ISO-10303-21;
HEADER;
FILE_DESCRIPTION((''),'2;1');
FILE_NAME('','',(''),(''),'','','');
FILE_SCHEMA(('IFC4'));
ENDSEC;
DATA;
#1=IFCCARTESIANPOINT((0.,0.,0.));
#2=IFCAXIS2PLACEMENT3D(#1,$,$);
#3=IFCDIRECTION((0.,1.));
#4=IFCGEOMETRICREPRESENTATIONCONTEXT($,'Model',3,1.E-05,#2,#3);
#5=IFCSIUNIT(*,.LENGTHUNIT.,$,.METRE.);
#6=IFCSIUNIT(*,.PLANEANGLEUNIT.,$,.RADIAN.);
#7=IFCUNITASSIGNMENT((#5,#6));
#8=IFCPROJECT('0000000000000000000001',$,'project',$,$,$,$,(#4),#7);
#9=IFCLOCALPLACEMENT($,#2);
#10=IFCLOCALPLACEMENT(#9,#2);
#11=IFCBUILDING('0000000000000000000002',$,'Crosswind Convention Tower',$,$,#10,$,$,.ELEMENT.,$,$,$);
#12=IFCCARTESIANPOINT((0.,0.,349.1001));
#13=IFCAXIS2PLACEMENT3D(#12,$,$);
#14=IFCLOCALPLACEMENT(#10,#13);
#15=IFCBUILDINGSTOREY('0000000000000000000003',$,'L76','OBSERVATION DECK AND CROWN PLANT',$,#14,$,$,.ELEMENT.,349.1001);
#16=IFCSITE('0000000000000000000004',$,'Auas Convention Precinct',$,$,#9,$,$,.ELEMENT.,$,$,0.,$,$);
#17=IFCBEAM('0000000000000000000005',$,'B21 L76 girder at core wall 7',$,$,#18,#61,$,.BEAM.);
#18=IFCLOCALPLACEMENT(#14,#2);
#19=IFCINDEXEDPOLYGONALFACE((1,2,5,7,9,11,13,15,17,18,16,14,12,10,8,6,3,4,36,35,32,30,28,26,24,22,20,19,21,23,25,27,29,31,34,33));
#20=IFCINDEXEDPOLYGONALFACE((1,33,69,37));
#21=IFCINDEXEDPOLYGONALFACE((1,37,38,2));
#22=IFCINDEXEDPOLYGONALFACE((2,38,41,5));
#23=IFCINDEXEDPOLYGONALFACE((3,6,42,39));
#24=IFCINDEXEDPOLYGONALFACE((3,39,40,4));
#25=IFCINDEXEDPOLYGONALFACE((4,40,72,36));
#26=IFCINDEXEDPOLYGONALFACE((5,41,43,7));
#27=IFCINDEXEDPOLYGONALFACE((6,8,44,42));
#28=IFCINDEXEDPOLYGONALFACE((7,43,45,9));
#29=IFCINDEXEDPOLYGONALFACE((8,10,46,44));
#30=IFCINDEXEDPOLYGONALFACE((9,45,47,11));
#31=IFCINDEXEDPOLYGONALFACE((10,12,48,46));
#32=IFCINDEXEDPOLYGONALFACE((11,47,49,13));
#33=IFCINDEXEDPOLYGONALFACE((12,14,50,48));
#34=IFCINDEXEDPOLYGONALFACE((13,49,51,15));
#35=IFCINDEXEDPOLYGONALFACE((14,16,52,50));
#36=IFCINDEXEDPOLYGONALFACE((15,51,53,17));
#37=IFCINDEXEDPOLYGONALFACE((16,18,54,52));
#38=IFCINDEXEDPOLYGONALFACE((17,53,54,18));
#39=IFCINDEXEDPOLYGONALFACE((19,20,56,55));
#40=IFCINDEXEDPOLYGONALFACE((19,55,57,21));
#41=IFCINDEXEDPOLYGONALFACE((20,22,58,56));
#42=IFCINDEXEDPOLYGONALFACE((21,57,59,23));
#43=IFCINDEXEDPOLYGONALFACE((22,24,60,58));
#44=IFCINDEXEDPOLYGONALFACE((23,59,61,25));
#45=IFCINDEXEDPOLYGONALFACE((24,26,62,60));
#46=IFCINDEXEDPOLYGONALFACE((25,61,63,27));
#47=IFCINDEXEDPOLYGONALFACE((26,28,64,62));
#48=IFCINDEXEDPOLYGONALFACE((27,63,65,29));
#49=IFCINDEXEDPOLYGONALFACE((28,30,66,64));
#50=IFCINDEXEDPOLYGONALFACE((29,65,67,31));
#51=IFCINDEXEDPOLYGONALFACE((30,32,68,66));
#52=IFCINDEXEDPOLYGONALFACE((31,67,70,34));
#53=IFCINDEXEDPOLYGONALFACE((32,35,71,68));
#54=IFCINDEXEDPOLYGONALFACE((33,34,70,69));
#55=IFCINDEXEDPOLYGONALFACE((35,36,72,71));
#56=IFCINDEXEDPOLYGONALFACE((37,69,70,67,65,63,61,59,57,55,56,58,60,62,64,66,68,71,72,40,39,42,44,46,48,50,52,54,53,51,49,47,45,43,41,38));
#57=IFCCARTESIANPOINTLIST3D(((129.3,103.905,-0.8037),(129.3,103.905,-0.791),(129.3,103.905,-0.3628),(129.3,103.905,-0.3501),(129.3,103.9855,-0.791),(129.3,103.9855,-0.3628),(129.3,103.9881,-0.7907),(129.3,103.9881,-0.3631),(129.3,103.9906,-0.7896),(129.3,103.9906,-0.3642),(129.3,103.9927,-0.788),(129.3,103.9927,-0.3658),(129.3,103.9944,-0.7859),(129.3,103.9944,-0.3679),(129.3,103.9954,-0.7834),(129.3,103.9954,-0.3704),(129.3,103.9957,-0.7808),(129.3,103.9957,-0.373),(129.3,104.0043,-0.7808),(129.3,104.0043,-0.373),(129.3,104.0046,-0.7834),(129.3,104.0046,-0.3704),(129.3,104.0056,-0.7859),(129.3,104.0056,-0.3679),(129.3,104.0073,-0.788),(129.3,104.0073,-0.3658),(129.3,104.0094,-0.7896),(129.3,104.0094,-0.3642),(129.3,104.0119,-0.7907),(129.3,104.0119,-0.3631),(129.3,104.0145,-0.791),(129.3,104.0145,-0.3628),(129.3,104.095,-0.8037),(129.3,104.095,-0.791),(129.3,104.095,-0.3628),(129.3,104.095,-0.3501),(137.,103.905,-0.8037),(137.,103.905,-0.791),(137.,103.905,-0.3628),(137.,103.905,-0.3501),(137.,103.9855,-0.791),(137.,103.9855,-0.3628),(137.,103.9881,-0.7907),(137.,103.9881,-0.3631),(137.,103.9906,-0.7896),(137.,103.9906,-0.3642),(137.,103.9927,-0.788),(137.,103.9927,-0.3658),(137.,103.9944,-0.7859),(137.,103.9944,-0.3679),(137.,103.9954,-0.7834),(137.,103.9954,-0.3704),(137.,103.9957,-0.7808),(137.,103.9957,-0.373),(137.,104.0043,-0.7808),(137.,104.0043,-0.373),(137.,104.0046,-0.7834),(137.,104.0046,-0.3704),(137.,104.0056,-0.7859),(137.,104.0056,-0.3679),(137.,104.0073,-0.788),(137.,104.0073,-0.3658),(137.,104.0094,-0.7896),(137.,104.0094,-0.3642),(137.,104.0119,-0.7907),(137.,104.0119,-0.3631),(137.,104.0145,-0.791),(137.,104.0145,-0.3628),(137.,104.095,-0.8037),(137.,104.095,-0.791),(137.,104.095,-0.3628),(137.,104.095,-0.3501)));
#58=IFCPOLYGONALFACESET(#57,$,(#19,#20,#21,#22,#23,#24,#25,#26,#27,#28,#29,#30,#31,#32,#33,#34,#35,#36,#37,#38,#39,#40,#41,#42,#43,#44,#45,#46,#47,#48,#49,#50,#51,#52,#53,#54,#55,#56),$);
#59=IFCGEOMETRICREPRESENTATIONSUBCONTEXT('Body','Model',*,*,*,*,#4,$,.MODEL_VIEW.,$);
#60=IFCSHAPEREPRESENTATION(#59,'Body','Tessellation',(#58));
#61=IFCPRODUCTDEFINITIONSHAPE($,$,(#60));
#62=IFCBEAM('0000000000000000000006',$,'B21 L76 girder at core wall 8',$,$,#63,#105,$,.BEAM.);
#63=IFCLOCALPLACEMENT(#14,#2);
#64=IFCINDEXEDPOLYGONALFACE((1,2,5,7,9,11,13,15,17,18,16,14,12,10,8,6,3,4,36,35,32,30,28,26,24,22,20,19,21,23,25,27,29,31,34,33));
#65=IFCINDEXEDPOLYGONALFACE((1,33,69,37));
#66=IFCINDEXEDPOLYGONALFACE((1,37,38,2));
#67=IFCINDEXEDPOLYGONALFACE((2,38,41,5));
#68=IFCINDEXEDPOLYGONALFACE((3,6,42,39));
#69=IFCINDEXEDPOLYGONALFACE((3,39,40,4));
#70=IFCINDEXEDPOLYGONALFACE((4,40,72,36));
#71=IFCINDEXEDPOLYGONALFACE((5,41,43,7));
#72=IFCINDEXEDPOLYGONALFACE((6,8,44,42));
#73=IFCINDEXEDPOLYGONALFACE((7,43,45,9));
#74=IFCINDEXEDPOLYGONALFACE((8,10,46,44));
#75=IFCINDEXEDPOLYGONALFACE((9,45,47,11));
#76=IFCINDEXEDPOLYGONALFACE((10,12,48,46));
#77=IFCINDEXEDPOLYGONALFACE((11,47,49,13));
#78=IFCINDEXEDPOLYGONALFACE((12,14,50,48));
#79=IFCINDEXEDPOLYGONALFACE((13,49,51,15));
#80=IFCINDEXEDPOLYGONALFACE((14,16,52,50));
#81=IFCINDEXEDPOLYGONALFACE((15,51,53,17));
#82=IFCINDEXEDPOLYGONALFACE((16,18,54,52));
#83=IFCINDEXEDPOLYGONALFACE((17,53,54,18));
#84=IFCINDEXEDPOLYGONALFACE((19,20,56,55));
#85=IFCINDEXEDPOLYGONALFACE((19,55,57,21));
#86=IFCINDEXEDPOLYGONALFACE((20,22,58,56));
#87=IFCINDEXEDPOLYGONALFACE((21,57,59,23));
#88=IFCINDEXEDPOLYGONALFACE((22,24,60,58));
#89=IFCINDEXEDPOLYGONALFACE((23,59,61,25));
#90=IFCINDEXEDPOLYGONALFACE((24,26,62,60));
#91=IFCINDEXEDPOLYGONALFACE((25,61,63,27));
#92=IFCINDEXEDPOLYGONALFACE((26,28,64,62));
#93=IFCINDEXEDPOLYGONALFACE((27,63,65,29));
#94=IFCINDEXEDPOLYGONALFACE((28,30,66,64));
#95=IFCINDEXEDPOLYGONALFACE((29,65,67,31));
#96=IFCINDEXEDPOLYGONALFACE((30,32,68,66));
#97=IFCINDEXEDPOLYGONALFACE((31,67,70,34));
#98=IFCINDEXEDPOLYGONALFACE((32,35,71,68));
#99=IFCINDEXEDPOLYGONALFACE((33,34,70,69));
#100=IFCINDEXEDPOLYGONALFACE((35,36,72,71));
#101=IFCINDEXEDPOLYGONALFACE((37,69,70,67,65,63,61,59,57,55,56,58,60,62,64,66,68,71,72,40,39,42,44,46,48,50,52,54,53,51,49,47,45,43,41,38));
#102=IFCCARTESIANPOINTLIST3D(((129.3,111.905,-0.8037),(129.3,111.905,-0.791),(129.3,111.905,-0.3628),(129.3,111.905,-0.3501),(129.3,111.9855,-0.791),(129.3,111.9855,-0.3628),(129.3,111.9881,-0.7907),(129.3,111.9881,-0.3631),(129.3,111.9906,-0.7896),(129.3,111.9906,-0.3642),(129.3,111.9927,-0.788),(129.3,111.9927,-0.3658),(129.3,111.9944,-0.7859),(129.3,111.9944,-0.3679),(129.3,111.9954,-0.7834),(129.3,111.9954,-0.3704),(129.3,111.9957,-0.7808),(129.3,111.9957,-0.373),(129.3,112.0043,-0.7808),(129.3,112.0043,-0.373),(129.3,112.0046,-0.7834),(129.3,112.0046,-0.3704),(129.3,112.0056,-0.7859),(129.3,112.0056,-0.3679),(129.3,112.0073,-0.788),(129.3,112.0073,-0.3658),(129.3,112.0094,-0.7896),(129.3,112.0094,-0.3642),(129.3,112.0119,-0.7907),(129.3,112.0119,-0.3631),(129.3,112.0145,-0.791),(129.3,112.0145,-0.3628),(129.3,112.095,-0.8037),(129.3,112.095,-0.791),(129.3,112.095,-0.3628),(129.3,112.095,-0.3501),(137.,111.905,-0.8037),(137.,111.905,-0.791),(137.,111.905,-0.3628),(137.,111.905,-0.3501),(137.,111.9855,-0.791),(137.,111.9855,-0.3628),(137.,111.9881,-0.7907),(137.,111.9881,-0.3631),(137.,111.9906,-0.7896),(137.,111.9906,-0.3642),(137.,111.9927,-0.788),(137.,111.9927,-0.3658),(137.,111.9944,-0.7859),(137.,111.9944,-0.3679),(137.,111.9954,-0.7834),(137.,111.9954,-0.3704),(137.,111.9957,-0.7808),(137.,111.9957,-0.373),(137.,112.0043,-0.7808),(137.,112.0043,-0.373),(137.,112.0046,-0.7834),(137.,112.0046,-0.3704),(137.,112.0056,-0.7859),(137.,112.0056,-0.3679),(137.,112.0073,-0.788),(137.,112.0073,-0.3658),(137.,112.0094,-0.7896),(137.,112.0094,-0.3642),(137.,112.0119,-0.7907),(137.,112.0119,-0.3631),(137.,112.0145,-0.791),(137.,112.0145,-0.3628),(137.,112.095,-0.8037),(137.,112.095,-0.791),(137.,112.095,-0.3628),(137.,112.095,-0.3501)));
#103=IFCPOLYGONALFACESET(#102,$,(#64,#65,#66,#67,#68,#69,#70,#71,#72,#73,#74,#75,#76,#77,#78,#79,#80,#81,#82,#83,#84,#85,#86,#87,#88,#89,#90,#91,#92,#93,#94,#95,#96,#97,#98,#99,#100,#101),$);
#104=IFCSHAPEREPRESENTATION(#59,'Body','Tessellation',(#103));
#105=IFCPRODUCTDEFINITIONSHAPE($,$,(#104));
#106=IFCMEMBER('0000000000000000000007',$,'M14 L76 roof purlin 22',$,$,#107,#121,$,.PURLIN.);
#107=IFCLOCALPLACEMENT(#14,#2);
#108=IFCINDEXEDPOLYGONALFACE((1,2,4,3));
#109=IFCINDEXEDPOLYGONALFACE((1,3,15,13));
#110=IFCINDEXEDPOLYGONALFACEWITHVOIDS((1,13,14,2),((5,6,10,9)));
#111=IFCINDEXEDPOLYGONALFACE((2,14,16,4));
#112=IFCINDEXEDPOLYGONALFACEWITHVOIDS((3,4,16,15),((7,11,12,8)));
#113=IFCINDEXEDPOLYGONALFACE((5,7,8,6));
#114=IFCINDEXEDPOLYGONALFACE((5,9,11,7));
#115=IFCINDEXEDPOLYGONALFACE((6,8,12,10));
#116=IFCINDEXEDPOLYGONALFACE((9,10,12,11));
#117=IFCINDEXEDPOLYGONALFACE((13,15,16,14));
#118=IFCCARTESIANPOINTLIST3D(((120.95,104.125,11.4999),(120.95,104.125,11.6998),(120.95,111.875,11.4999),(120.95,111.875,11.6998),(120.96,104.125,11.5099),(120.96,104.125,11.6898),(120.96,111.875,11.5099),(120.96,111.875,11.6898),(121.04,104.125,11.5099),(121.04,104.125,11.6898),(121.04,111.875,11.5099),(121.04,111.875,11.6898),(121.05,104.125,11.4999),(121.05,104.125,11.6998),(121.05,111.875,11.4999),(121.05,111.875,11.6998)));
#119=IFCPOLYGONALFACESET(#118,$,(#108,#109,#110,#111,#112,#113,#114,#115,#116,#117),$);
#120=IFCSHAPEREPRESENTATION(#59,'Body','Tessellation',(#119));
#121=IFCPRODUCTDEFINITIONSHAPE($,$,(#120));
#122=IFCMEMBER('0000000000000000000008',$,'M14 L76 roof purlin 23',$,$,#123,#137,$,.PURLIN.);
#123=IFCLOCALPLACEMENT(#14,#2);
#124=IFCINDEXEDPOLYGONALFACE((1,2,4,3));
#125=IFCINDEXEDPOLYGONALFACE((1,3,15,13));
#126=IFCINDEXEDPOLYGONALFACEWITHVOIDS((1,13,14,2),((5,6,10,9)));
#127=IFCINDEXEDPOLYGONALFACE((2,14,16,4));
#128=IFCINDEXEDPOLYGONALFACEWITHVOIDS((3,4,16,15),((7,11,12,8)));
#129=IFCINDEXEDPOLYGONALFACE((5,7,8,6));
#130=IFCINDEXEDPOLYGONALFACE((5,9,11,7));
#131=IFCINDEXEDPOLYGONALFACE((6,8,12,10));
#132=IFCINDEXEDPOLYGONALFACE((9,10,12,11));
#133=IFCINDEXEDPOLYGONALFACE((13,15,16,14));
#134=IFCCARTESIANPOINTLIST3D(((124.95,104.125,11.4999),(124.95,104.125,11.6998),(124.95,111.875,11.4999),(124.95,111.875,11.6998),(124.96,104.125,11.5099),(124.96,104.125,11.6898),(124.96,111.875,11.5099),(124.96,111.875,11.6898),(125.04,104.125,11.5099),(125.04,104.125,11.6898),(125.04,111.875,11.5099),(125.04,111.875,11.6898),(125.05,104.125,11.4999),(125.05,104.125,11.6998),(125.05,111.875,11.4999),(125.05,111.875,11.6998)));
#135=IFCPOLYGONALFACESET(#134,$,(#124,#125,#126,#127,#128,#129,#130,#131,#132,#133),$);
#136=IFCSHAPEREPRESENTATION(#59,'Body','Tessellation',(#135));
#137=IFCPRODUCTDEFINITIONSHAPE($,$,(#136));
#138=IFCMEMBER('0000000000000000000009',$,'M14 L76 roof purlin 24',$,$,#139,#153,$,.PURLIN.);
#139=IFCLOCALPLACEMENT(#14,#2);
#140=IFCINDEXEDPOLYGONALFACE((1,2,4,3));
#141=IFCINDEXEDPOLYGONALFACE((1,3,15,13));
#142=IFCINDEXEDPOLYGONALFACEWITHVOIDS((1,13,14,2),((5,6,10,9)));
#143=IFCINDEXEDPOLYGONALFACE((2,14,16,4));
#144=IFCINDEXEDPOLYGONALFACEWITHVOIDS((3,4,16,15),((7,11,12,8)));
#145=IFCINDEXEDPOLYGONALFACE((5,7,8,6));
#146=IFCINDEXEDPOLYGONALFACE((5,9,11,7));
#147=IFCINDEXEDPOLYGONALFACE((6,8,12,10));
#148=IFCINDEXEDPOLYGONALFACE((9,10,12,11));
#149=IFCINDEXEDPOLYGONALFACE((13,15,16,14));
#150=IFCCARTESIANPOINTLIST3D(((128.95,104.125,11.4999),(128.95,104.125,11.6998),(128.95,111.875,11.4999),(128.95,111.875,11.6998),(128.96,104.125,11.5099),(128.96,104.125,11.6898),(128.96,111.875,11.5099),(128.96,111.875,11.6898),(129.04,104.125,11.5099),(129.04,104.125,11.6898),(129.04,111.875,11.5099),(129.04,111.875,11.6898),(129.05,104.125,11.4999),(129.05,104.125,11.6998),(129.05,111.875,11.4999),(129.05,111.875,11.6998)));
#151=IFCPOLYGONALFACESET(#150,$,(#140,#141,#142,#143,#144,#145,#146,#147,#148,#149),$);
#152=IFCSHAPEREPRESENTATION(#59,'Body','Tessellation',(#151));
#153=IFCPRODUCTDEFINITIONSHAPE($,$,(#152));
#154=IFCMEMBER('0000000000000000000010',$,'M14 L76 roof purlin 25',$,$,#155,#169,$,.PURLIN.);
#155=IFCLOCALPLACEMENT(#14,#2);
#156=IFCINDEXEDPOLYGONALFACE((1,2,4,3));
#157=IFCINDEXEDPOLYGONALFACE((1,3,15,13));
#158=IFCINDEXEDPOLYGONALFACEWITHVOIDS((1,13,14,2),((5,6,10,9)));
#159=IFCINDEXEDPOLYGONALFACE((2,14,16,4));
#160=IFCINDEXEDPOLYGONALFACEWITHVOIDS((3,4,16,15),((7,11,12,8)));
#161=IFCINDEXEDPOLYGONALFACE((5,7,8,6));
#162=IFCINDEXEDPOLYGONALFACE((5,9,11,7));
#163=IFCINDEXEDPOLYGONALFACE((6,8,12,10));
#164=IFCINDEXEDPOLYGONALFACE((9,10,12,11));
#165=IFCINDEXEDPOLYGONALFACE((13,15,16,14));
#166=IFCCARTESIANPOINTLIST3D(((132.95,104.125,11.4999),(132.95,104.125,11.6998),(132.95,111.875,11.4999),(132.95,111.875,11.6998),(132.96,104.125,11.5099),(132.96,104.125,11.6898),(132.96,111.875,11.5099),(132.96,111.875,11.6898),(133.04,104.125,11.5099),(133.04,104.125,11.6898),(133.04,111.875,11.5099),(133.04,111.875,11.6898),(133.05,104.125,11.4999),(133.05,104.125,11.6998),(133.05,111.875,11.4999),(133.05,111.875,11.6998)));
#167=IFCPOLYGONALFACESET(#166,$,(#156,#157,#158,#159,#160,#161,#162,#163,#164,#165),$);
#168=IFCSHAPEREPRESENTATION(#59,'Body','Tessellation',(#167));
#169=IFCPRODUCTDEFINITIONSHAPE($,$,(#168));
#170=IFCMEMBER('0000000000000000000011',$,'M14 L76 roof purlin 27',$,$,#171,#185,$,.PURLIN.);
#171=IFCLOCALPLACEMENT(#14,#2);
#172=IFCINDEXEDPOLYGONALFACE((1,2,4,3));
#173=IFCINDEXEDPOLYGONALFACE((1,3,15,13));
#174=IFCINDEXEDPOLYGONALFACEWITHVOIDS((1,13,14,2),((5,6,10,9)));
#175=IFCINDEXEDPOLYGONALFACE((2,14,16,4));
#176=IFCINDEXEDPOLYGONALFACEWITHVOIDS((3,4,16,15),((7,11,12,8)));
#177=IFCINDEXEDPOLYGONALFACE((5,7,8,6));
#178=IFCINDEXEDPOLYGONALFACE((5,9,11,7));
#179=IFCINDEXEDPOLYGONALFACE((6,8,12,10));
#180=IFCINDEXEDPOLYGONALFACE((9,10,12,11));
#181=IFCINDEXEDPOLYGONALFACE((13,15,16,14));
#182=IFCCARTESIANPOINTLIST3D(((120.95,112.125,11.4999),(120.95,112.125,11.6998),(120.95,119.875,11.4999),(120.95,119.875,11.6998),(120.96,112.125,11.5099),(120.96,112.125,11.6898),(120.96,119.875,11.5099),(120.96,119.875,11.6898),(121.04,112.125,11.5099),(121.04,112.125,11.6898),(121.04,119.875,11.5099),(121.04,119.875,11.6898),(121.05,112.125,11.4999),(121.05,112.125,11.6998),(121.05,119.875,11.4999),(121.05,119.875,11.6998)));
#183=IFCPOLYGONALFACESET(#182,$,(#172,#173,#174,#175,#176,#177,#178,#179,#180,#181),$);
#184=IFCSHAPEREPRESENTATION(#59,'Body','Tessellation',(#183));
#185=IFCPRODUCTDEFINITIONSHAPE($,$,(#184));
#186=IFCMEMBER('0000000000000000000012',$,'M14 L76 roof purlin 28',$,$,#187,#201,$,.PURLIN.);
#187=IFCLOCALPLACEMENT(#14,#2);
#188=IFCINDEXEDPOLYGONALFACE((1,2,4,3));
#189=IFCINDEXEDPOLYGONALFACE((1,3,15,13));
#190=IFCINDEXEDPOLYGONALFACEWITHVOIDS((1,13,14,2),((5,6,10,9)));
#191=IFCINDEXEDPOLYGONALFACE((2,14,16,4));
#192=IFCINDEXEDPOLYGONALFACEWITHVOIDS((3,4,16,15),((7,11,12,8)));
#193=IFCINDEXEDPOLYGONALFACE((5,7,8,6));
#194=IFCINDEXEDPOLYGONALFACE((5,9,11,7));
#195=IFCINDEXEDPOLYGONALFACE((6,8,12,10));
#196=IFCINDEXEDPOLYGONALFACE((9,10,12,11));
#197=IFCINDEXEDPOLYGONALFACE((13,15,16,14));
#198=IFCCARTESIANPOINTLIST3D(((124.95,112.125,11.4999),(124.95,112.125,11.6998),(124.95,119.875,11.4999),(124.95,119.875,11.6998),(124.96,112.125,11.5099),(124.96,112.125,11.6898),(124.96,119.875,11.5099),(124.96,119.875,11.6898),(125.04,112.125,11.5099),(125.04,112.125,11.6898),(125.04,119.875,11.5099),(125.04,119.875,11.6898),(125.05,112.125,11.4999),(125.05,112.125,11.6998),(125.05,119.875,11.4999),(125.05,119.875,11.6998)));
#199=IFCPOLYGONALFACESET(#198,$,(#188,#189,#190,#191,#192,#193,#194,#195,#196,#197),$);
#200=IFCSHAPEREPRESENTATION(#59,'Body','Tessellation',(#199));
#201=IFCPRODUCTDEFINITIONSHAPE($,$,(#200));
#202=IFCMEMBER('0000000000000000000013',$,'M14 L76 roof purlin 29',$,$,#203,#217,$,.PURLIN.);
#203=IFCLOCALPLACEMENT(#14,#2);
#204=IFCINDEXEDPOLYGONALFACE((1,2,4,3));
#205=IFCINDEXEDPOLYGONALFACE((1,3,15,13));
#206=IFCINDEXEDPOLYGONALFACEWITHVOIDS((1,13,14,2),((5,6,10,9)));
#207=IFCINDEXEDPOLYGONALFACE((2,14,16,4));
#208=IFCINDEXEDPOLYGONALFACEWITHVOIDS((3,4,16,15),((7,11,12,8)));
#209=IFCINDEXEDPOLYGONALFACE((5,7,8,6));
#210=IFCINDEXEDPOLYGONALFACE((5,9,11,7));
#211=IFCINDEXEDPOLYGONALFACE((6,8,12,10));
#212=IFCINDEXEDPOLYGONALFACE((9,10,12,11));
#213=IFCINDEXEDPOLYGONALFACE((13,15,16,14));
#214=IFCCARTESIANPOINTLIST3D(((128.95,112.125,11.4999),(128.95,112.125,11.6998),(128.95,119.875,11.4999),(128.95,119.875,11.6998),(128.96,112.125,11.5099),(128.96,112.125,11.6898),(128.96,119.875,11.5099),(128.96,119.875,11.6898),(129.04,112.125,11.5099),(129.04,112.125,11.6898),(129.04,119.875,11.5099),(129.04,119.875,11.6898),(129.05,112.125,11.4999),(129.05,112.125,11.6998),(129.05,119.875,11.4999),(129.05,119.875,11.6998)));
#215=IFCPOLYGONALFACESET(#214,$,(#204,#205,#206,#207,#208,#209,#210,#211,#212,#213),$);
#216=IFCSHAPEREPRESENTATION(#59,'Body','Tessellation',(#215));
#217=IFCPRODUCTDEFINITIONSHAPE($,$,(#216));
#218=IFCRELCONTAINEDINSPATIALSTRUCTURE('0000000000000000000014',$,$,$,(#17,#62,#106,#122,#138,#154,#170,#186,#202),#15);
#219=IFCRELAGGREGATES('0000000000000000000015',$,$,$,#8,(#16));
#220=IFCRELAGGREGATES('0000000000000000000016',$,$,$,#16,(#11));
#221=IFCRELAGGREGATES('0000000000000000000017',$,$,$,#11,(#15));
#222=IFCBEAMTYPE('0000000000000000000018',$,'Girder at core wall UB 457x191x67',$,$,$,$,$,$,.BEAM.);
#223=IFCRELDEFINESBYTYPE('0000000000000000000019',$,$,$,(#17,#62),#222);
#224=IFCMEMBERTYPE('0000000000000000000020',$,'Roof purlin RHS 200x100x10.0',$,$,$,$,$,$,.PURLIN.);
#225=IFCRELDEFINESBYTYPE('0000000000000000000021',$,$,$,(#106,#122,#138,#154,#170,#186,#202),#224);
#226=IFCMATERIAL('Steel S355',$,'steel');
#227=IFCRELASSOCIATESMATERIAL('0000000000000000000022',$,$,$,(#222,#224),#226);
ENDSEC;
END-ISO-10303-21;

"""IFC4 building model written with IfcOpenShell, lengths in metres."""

from ifc_helpers import new_model, si_unit, direction, frame, origin, origin_2d, place, context, subcontext, project, spatial, hollow_rectangle, i_section, extrude, material, material_profile, profile_set, type_object, element, save


model = new_model("IFC4")

# Units and contexts
model_context = context("Model", 3, precision=1e-05, world=origin(), true_north=direction((0.0, 1.0)))
body_context = subcontext(model_context, "Body", "Model", "MODEL_VIEW")
ifc_project = project(units=[si_unit("LENGTHUNIT", "METRE"), si_unit("PLANEANGLEUNIT", "RADIAN")], contexts=[model_context])

# Site, building, storey
site_placement = place(None, origin())
site = spatial("IfcSite", under=ifc_project, at=site_placement, Name="Auas Convention Precinct", CompositionType="ELEMENT", RefElevation=0.0)
building_placement = place(site_placement, origin())
building = spatial("IfcBuilding", under=site, at=building_placement, Name="Crosswind Convention Tower", CompositionType="ELEMENT")
storey_placement = place(building_placement, frame((0.0, 0.0, 349.1001)))
storey = spatial("IfcBuildingStorey", under=building, at=storey_placement, Name="L76", Description="OBSERVATION DECK AND CROWN PLANT", CompositionType="ELEMENT", Elevation=349.1001)

# Beams
ifc_material_1 = material(Name="Steel S355", Category="steel")
ifc_material_profile_1 = material_profile(ifc_material_1, i_section(OverallWidth=0.1899, OverallDepth=0.4536, WebThickness=0.0085, FlangeThickness=0.0127, FilletRadius=0.0103, at=origin_2d()), Name="UB 457x191x67")
ifc_profile_set_1 = profile_set([ifc_material_profile_1], Name="Steel S355")
beam_type_1 = type_object("IfcBeamType", Name="Girder at core wall UB 457x191x67", PredefinedType="BEAM", material=ifc_profile_set_1)
for number, where, z_axis, x_axis, name in (
    (1, (129.3, 104.0, -0.5769), (1.0, 0.0, 0.0), (0.0, 1.0, 0.0), "B21 L76 girder at core wall 7"),
    (2, (129.3, 112.0, -0.5769), (1.0, 0.0, 0.0), (0.0, 1.0, 0.0), "B21 L76 girder at core wall 8"),
):
    element("IfcBeam", number, at=place(storey_placement, frame(where, z_axis=z_axis, x_axis=x_axis)), inside=storey, type_object=beam_type_1, Name=name, PredefinedType="BEAM", context=body_context, shape_type="SweptSolid", body=[
        extrude(i_section(OverallWidth=0.1899, OverallDepth=0.4536, WebThickness=0.0085, FlangeThickness=0.0127, FilletRadius=0.0103, at=origin_2d()), origin(), (0.0, 0.0, 1.0), 7.7),
    ])

# Members
ifc_material_profile_2 = material_profile(ifc_material_1, hollow_rectangle(XDim=0.1001, YDim=0.2, WallThickness=0.01, at=origin_2d()), Name="RHS 200x100x10.0")
ifc_profile_set_2 = profile_set([ifc_material_profile_2], Name="Steel S355")
member_type_1 = type_object("IfcMemberType", Name="Roof purlin RHS 200x100x10.0", PredefinedType="PURLIN", material=ifc_profile_set_2)
for number, where, z_axis, x_axis, name in (
    (3, (121.0, 104.125, 11.5999), (0.0, 1.0, 0.0), (-1.0, 0.0, 0.0), "M14 L76 roof purlin 22"),
    (4, (125.0, 104.125, 11.5999), (0.0, 1.0, 0.0), (-1.0, 0.0, 0.0), "M14 L76 roof purlin 23"),
    (5, (129.0, 104.125, 11.5999), (0.0, 1.0, 0.0), (-1.0, 0.0, 0.0), "M14 L76 roof purlin 24"),
    (6, (133.0, 104.125, 11.5999), (0.0, 1.0, 0.0), (-1.0, 0.0, 0.0), "M14 L76 roof purlin 25"),
    (7, (121.0, 112.125, 11.5999), (0.0, 1.0, 0.0), (-1.0, 0.0, 0.0), "M14 L76 roof purlin 27"),
    (8, (125.0, 112.125, 11.5999), (0.0, 1.0, 0.0), (-1.0, 0.0, 0.0), "M14 L76 roof purlin 28"),
    (9, (129.0, 112.125, 11.5999), (0.0, 1.0, 0.0), (-1.0, 0.0, 0.0), "M14 L76 roof purlin 29"),
):
    element("IfcMember", number, at=place(storey_placement, frame(where, z_axis=z_axis, x_axis=x_axis)), inside=storey, type_object=member_type_1, Name=name, PredefinedType="PURLIN", context=body_context, shape_type="SweptSolid", body=[
        extrude(hollow_rectangle(XDim=0.1001, YDim=0.2, WallThickness=0.01, at=origin_2d()), origin(), (0.0, 0.0, 1.0), 7.75),
    ])

save(model, "model.ifc")
